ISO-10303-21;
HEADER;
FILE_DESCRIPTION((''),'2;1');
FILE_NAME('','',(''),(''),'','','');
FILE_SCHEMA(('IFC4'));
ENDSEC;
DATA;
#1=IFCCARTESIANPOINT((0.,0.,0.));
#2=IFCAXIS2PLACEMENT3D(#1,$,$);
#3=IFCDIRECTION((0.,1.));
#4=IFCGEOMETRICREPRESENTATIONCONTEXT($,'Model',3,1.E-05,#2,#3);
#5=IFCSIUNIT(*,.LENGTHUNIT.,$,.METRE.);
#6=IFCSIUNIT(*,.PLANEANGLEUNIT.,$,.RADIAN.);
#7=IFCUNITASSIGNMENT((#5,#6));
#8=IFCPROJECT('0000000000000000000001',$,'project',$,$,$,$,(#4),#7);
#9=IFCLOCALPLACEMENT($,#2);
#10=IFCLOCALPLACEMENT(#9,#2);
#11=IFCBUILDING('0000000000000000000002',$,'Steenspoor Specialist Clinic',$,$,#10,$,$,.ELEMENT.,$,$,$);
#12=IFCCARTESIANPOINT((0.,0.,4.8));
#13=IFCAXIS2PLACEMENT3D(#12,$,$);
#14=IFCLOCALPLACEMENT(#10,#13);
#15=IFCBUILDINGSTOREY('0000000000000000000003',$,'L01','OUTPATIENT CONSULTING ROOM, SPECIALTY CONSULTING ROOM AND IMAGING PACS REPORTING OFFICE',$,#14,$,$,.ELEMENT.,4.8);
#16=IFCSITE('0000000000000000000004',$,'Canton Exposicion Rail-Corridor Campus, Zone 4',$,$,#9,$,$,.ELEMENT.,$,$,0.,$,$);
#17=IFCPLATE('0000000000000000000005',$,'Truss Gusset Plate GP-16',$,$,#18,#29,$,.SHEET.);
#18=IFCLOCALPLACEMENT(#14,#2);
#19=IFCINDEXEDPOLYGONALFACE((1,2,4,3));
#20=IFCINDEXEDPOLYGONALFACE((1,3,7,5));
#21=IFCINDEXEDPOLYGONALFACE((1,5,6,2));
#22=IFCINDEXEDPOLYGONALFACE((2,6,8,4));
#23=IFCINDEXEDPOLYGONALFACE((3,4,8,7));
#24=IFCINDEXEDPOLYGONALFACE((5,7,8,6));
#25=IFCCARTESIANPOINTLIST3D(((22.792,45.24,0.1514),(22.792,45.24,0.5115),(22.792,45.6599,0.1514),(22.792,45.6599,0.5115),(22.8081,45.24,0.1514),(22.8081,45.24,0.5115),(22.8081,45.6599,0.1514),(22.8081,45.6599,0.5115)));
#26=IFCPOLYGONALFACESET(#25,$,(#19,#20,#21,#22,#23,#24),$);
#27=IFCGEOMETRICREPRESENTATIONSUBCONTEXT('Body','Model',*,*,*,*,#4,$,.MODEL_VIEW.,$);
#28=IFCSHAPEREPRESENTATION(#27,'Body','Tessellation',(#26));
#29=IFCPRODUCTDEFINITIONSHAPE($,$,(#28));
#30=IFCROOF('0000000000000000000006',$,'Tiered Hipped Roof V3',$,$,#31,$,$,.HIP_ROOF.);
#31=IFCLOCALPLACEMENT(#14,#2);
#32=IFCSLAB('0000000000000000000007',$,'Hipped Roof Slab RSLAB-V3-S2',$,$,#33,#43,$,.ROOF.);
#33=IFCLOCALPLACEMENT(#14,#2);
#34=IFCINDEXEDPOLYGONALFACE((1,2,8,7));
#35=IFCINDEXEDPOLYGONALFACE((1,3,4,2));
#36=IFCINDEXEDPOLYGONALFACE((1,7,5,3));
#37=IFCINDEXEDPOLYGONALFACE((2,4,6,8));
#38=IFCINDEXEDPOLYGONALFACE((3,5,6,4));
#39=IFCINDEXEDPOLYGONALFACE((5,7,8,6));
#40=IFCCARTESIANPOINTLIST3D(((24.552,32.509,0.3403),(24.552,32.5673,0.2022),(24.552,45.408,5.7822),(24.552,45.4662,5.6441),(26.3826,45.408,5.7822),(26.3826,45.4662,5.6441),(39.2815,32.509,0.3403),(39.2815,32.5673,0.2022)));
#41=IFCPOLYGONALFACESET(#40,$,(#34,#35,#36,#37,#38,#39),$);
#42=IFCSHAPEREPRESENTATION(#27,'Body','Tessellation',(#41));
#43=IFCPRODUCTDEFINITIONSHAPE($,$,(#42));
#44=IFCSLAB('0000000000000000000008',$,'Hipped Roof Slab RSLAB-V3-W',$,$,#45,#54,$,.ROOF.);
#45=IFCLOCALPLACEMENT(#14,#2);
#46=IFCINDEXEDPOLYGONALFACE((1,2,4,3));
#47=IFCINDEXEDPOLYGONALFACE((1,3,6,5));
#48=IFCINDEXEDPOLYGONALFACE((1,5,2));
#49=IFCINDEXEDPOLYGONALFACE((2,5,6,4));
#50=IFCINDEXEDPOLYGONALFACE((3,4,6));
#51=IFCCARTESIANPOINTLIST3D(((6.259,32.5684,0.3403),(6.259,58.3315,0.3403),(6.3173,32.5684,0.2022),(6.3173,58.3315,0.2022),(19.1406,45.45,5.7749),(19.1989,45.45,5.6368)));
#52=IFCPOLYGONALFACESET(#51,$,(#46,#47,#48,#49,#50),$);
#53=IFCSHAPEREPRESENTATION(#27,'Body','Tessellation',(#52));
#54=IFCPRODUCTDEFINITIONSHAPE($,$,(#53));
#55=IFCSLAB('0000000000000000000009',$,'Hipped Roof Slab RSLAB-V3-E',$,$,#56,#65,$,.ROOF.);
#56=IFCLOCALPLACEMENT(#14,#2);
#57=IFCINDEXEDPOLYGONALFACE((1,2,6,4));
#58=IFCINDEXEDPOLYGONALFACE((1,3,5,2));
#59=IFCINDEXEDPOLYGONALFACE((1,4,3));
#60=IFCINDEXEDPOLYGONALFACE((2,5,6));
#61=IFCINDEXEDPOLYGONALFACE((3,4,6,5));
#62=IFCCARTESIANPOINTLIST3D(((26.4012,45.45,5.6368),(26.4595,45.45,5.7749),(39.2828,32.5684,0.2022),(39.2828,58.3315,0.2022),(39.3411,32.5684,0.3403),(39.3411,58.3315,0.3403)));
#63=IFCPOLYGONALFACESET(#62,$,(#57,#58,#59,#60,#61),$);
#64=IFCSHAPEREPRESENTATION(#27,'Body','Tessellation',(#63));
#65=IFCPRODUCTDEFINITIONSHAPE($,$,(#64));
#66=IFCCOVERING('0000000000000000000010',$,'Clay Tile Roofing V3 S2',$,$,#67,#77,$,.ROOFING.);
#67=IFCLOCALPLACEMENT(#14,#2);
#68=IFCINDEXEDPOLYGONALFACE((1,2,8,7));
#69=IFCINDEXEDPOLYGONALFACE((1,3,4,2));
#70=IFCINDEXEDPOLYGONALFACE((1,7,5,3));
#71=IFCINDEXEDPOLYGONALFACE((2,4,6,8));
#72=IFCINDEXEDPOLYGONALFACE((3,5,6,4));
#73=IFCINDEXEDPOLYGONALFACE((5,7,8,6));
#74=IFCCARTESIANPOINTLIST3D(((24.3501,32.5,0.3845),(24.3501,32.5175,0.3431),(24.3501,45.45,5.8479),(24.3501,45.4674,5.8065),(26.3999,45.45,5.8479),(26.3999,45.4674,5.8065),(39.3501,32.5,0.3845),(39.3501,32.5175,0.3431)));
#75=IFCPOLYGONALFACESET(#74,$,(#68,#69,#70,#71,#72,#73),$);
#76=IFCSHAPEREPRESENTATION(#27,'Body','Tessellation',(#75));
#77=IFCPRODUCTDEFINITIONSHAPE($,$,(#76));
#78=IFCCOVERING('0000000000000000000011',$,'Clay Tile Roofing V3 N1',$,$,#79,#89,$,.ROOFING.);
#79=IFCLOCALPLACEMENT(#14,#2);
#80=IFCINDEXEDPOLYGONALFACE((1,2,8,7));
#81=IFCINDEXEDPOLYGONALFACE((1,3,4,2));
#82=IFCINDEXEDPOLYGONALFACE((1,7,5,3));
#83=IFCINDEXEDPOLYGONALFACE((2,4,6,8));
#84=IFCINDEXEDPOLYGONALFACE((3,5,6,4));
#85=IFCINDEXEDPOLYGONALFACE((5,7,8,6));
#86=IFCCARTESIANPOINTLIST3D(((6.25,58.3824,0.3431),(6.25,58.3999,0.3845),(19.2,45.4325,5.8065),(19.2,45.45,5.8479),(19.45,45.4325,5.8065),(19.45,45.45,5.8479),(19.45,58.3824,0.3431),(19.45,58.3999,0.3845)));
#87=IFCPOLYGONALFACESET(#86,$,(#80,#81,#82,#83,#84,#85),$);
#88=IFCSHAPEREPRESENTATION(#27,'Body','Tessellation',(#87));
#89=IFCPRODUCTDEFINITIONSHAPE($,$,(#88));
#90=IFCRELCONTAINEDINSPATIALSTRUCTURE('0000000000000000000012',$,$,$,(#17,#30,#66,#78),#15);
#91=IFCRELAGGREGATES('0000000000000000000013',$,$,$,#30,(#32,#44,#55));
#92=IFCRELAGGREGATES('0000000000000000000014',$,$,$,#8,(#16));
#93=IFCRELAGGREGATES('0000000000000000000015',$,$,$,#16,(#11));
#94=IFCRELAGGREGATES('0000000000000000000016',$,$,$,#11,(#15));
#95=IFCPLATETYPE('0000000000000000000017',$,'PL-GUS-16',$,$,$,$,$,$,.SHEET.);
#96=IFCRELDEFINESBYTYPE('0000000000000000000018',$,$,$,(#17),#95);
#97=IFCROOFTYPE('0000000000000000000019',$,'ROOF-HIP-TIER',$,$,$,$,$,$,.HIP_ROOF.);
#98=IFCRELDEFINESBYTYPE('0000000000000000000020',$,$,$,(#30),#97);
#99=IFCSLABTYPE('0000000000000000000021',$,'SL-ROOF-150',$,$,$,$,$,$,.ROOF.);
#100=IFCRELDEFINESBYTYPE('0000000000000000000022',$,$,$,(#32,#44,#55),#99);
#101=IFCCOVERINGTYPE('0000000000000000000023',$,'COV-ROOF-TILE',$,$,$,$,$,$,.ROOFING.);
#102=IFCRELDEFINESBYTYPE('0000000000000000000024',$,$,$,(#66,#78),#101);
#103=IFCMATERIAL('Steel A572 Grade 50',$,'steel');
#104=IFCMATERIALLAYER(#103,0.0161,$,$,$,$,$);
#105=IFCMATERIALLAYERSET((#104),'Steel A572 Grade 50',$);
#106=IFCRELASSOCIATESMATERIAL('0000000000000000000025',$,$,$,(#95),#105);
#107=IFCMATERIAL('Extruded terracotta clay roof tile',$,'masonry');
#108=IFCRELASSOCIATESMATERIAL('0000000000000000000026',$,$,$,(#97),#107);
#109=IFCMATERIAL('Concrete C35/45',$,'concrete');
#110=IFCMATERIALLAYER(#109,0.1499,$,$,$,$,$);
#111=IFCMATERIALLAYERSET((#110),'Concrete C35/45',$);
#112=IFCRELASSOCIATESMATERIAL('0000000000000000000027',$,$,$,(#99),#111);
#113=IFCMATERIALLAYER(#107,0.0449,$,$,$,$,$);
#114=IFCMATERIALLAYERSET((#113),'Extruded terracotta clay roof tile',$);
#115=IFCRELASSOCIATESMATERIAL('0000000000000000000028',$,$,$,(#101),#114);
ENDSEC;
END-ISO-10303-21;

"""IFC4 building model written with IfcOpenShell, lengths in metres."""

from ifc_helpers import new_model, si_unit, direction, frame, origin, origin_2d, place, context, subcontext, project, spatial, polyline, rectangle, outline, extrude, material, layer, layer_set, type_object, element, aggregate, save


model = new_model("IFC4")

# Units and contexts
model_context = context("Model", 3, precision=1e-05, world=origin(), true_north=direction((0.0, 1.0)))
body_context = subcontext(model_context, "Body", "Model", "MODEL_VIEW")
ifc_project = project(units=[si_unit("LENGTHUNIT", "METRE"), si_unit("PLANEANGLEUNIT", "RADIAN")], contexts=[model_context])

# Site, building, storey
site_placement = place(None, origin())
site = spatial("IfcSite", under=ifc_project, at=site_placement, Name="Canton Exposicion Rail-Corridor Campus, Zone 4", CompositionType="ELEMENT", RefElevation=0.0)
building_placement = place(site_placement, origin())
building = spatial("IfcBuilding", under=site, at=building_placement, Name="Steenspoor Specialist Clinic", CompositionType="ELEMENT")
storey_placement = place(building_placement, frame((0.0, 0.0, 4.8)))
storey = spatial("IfcBuildingStorey", under=building, at=storey_placement, Name="L01", Description="OUTPATIENT CONSULTING ROOM, SPECIALTY CONSULTING ROOM AND IMAGING PACS REPORTING OFFICE", CompositionType="ELEMENT", Elevation=4.8)

# Plate
ifc_material_1 = material(Name="Steel A572 Grade 50", Category="steel")
ifc_layer_1 = layer(ifc_material_1, 0.0161)
ifc_layer_set_1 = layer_set([ifc_layer_1], Name="Steel A572 Grade 50")
plate_type_1 = type_object("IfcPlateType", Name="PL-GUS-16", PredefinedType="SHEET", material=ifc_layer_set_1)
plate_placement = place(storey_placement, frame((22.8, 45.45, 0.1514), z_axis=(0.0, 0.0, 1.0), x_axis=(1.0, 0.0, 0.0)))
element("IfcPlate", 1, at=plate_placement, inside=storey, type_object=plate_type_1, Name="Truss Gusset Plate GP-16", PredefinedType="SHEET", context=body_context, shape_type="SweptSolid", body=[
    extrude(rectangle(XDim=0.0161, YDim=0.4199, at=origin_2d()), origin(), (0.0, 0.0, 1.0), 0.3601),
])

# Roof, slabs
ifc_material_2 = material(Name="Extruded terracotta clay roof tile", Category="masonry")
roof_type = type_object("IfcRoofType", Name="ROOF-HIP-TIER", PredefinedType="HIP_ROOF", material=ifc_material_2)
roof_placement = place(storey_placement, origin())
roof = element("IfcRoof", 2, at=roof_placement, inside=storey, type_object=roof_type, Name="Tiered Hipped Roof V3", PredefinedType="HIP_ROOF")
ifc_material_3 = material(Name="Concrete C35/45", Category="concrete")
ifc_layer_2 = layer(ifc_material_3, 0.1499)
ifc_layer_set_2 = layer_set([ifc_layer_2], Name="Concrete C35/45")
slab_type = type_object("IfcSlabType", Name="SL-ROOF-150", PredefinedType="ROOF", material=ifc_layer_set_2)
slab_1_placement = place(storey_placement, frame((26.3826, 45.408, 5.7822), z_axis=(0.0, -0.38871, 0.92136), x_axis=(-1.0, 0.0, 0.0)))
slab_1 = element("IfcSlab", 3, at=slab_1_placement, type_object=slab_type, Name="Hipped Roof Slab RSLAB-V3-S2", PredefinedType="ROOF", context=body_context, shape_type="SweptSolid", body=[
    extrude(outline(polyline([(0.0, 0.0), (1.8306, 0.0), (1.8306, 13.9999), (-12.8989, 13.9999), (0.0, 0.0)])), origin(), (0.0, 0.0, -1.0), 0.1499),
])
slab_2_placement = place(storey_placement, frame((19.1406, 45.45, 5.7749), z_axis=(-0.38871, 0.0, 0.92136), x_axis=(-0.677598, 0.677598, -0.28587)))
slab_2 = element("IfcSlab", 4, at=slab_2_placement, type_object=slab_type, Name="Hipped Roof Slab RSLAB-V3-W", PredefinedType="ROOF", context=body_context, shape_type="SweptSolid", body=[
    extrude(outline(polyline([(0.0, 0.0), (19.0107, 0.0), (1.5536, 18.9471), (0.0, 0.0)])), origin(), (0.0, 0.0, -1.0), 0.1499),
])
slab_3_placement = place(storey_placement, frame((26.4595, 45.45, 5.7749), z_axis=(0.38871, 0.0, 0.92136), x_axis=(0.677598, -0.677598, -0.28587)))
slab_3 = element("IfcSlab", 5, at=slab_3_placement, type_object=slab_type, Name="Hipped Roof Slab RSLAB-V3-E", PredefinedType="ROOF", context=body_context, shape_type="SweptSolid", body=[
    extrude(outline(polyline([(0.0, 0.0), (19.0107, 0.0), (1.5536, 18.9471), (0.0, 0.0)])), origin(), (0.0, 0.0, -1.0), 0.1499),
])
aggregate(roof, [slab_1, slab_2, slab_3])

# Coverings
ifc_layer_3 = layer(ifc_material_2, 0.0449)
ifc_layer_set_3 = layer_set([ifc_layer_3], Name="Extruded terracotta clay roof tile")
covering_type = type_object("IfcCoveringType", Name="COV-ROOF-TILE", PredefinedType="ROOFING", material=ifc_layer_set_3)
covering_1_placement = place(storey_placement, frame((24.3501, 45.45, 5.8479), z_axis=(0.0, -0.388708, 0.921361), x_axis=(0.0, -0.921361, -0.388708)))
element("IfcCovering", 6, at=covering_1_placement, inside=storey, type_object=covering_type, Name="Clay Tile Roofing V3 S2", PredefinedType="ROOFING", context=body_context, shape_type="SweptSolid", body=[
    extrude(outline(polyline([(0.0, 0.0), (14.0552, 0.0), (14.0552, 15.0), (0.0, 2.0498), (0.0, 0.0)])), origin(), (0.0, 0.0, -1.0), 0.0449),
])
covering_2_placement = place(storey_placement, frame((19.45, 45.45, 5.8479), z_axis=(0.0, 0.388708, 0.921361), x_axis=(0.0, 0.921361, -0.388708)))
element("IfcCovering", 7, at=covering_2_placement, inside=storey, type_object=covering_type, Name="Clay Tile Roofing V3 N1", PredefinedType="ROOFING", context=body_context, shape_type="SweptSolid", body=[
    extrude(outline(polyline([(0.0, 0.0), (14.0552, 0.0), (14.0552, 13.2), (0.0, 0.25), (0.0, 0.0)])), origin(), (0.0, 0.0, -1.0), 0.0449),
])

save(model, "model.ifc")
